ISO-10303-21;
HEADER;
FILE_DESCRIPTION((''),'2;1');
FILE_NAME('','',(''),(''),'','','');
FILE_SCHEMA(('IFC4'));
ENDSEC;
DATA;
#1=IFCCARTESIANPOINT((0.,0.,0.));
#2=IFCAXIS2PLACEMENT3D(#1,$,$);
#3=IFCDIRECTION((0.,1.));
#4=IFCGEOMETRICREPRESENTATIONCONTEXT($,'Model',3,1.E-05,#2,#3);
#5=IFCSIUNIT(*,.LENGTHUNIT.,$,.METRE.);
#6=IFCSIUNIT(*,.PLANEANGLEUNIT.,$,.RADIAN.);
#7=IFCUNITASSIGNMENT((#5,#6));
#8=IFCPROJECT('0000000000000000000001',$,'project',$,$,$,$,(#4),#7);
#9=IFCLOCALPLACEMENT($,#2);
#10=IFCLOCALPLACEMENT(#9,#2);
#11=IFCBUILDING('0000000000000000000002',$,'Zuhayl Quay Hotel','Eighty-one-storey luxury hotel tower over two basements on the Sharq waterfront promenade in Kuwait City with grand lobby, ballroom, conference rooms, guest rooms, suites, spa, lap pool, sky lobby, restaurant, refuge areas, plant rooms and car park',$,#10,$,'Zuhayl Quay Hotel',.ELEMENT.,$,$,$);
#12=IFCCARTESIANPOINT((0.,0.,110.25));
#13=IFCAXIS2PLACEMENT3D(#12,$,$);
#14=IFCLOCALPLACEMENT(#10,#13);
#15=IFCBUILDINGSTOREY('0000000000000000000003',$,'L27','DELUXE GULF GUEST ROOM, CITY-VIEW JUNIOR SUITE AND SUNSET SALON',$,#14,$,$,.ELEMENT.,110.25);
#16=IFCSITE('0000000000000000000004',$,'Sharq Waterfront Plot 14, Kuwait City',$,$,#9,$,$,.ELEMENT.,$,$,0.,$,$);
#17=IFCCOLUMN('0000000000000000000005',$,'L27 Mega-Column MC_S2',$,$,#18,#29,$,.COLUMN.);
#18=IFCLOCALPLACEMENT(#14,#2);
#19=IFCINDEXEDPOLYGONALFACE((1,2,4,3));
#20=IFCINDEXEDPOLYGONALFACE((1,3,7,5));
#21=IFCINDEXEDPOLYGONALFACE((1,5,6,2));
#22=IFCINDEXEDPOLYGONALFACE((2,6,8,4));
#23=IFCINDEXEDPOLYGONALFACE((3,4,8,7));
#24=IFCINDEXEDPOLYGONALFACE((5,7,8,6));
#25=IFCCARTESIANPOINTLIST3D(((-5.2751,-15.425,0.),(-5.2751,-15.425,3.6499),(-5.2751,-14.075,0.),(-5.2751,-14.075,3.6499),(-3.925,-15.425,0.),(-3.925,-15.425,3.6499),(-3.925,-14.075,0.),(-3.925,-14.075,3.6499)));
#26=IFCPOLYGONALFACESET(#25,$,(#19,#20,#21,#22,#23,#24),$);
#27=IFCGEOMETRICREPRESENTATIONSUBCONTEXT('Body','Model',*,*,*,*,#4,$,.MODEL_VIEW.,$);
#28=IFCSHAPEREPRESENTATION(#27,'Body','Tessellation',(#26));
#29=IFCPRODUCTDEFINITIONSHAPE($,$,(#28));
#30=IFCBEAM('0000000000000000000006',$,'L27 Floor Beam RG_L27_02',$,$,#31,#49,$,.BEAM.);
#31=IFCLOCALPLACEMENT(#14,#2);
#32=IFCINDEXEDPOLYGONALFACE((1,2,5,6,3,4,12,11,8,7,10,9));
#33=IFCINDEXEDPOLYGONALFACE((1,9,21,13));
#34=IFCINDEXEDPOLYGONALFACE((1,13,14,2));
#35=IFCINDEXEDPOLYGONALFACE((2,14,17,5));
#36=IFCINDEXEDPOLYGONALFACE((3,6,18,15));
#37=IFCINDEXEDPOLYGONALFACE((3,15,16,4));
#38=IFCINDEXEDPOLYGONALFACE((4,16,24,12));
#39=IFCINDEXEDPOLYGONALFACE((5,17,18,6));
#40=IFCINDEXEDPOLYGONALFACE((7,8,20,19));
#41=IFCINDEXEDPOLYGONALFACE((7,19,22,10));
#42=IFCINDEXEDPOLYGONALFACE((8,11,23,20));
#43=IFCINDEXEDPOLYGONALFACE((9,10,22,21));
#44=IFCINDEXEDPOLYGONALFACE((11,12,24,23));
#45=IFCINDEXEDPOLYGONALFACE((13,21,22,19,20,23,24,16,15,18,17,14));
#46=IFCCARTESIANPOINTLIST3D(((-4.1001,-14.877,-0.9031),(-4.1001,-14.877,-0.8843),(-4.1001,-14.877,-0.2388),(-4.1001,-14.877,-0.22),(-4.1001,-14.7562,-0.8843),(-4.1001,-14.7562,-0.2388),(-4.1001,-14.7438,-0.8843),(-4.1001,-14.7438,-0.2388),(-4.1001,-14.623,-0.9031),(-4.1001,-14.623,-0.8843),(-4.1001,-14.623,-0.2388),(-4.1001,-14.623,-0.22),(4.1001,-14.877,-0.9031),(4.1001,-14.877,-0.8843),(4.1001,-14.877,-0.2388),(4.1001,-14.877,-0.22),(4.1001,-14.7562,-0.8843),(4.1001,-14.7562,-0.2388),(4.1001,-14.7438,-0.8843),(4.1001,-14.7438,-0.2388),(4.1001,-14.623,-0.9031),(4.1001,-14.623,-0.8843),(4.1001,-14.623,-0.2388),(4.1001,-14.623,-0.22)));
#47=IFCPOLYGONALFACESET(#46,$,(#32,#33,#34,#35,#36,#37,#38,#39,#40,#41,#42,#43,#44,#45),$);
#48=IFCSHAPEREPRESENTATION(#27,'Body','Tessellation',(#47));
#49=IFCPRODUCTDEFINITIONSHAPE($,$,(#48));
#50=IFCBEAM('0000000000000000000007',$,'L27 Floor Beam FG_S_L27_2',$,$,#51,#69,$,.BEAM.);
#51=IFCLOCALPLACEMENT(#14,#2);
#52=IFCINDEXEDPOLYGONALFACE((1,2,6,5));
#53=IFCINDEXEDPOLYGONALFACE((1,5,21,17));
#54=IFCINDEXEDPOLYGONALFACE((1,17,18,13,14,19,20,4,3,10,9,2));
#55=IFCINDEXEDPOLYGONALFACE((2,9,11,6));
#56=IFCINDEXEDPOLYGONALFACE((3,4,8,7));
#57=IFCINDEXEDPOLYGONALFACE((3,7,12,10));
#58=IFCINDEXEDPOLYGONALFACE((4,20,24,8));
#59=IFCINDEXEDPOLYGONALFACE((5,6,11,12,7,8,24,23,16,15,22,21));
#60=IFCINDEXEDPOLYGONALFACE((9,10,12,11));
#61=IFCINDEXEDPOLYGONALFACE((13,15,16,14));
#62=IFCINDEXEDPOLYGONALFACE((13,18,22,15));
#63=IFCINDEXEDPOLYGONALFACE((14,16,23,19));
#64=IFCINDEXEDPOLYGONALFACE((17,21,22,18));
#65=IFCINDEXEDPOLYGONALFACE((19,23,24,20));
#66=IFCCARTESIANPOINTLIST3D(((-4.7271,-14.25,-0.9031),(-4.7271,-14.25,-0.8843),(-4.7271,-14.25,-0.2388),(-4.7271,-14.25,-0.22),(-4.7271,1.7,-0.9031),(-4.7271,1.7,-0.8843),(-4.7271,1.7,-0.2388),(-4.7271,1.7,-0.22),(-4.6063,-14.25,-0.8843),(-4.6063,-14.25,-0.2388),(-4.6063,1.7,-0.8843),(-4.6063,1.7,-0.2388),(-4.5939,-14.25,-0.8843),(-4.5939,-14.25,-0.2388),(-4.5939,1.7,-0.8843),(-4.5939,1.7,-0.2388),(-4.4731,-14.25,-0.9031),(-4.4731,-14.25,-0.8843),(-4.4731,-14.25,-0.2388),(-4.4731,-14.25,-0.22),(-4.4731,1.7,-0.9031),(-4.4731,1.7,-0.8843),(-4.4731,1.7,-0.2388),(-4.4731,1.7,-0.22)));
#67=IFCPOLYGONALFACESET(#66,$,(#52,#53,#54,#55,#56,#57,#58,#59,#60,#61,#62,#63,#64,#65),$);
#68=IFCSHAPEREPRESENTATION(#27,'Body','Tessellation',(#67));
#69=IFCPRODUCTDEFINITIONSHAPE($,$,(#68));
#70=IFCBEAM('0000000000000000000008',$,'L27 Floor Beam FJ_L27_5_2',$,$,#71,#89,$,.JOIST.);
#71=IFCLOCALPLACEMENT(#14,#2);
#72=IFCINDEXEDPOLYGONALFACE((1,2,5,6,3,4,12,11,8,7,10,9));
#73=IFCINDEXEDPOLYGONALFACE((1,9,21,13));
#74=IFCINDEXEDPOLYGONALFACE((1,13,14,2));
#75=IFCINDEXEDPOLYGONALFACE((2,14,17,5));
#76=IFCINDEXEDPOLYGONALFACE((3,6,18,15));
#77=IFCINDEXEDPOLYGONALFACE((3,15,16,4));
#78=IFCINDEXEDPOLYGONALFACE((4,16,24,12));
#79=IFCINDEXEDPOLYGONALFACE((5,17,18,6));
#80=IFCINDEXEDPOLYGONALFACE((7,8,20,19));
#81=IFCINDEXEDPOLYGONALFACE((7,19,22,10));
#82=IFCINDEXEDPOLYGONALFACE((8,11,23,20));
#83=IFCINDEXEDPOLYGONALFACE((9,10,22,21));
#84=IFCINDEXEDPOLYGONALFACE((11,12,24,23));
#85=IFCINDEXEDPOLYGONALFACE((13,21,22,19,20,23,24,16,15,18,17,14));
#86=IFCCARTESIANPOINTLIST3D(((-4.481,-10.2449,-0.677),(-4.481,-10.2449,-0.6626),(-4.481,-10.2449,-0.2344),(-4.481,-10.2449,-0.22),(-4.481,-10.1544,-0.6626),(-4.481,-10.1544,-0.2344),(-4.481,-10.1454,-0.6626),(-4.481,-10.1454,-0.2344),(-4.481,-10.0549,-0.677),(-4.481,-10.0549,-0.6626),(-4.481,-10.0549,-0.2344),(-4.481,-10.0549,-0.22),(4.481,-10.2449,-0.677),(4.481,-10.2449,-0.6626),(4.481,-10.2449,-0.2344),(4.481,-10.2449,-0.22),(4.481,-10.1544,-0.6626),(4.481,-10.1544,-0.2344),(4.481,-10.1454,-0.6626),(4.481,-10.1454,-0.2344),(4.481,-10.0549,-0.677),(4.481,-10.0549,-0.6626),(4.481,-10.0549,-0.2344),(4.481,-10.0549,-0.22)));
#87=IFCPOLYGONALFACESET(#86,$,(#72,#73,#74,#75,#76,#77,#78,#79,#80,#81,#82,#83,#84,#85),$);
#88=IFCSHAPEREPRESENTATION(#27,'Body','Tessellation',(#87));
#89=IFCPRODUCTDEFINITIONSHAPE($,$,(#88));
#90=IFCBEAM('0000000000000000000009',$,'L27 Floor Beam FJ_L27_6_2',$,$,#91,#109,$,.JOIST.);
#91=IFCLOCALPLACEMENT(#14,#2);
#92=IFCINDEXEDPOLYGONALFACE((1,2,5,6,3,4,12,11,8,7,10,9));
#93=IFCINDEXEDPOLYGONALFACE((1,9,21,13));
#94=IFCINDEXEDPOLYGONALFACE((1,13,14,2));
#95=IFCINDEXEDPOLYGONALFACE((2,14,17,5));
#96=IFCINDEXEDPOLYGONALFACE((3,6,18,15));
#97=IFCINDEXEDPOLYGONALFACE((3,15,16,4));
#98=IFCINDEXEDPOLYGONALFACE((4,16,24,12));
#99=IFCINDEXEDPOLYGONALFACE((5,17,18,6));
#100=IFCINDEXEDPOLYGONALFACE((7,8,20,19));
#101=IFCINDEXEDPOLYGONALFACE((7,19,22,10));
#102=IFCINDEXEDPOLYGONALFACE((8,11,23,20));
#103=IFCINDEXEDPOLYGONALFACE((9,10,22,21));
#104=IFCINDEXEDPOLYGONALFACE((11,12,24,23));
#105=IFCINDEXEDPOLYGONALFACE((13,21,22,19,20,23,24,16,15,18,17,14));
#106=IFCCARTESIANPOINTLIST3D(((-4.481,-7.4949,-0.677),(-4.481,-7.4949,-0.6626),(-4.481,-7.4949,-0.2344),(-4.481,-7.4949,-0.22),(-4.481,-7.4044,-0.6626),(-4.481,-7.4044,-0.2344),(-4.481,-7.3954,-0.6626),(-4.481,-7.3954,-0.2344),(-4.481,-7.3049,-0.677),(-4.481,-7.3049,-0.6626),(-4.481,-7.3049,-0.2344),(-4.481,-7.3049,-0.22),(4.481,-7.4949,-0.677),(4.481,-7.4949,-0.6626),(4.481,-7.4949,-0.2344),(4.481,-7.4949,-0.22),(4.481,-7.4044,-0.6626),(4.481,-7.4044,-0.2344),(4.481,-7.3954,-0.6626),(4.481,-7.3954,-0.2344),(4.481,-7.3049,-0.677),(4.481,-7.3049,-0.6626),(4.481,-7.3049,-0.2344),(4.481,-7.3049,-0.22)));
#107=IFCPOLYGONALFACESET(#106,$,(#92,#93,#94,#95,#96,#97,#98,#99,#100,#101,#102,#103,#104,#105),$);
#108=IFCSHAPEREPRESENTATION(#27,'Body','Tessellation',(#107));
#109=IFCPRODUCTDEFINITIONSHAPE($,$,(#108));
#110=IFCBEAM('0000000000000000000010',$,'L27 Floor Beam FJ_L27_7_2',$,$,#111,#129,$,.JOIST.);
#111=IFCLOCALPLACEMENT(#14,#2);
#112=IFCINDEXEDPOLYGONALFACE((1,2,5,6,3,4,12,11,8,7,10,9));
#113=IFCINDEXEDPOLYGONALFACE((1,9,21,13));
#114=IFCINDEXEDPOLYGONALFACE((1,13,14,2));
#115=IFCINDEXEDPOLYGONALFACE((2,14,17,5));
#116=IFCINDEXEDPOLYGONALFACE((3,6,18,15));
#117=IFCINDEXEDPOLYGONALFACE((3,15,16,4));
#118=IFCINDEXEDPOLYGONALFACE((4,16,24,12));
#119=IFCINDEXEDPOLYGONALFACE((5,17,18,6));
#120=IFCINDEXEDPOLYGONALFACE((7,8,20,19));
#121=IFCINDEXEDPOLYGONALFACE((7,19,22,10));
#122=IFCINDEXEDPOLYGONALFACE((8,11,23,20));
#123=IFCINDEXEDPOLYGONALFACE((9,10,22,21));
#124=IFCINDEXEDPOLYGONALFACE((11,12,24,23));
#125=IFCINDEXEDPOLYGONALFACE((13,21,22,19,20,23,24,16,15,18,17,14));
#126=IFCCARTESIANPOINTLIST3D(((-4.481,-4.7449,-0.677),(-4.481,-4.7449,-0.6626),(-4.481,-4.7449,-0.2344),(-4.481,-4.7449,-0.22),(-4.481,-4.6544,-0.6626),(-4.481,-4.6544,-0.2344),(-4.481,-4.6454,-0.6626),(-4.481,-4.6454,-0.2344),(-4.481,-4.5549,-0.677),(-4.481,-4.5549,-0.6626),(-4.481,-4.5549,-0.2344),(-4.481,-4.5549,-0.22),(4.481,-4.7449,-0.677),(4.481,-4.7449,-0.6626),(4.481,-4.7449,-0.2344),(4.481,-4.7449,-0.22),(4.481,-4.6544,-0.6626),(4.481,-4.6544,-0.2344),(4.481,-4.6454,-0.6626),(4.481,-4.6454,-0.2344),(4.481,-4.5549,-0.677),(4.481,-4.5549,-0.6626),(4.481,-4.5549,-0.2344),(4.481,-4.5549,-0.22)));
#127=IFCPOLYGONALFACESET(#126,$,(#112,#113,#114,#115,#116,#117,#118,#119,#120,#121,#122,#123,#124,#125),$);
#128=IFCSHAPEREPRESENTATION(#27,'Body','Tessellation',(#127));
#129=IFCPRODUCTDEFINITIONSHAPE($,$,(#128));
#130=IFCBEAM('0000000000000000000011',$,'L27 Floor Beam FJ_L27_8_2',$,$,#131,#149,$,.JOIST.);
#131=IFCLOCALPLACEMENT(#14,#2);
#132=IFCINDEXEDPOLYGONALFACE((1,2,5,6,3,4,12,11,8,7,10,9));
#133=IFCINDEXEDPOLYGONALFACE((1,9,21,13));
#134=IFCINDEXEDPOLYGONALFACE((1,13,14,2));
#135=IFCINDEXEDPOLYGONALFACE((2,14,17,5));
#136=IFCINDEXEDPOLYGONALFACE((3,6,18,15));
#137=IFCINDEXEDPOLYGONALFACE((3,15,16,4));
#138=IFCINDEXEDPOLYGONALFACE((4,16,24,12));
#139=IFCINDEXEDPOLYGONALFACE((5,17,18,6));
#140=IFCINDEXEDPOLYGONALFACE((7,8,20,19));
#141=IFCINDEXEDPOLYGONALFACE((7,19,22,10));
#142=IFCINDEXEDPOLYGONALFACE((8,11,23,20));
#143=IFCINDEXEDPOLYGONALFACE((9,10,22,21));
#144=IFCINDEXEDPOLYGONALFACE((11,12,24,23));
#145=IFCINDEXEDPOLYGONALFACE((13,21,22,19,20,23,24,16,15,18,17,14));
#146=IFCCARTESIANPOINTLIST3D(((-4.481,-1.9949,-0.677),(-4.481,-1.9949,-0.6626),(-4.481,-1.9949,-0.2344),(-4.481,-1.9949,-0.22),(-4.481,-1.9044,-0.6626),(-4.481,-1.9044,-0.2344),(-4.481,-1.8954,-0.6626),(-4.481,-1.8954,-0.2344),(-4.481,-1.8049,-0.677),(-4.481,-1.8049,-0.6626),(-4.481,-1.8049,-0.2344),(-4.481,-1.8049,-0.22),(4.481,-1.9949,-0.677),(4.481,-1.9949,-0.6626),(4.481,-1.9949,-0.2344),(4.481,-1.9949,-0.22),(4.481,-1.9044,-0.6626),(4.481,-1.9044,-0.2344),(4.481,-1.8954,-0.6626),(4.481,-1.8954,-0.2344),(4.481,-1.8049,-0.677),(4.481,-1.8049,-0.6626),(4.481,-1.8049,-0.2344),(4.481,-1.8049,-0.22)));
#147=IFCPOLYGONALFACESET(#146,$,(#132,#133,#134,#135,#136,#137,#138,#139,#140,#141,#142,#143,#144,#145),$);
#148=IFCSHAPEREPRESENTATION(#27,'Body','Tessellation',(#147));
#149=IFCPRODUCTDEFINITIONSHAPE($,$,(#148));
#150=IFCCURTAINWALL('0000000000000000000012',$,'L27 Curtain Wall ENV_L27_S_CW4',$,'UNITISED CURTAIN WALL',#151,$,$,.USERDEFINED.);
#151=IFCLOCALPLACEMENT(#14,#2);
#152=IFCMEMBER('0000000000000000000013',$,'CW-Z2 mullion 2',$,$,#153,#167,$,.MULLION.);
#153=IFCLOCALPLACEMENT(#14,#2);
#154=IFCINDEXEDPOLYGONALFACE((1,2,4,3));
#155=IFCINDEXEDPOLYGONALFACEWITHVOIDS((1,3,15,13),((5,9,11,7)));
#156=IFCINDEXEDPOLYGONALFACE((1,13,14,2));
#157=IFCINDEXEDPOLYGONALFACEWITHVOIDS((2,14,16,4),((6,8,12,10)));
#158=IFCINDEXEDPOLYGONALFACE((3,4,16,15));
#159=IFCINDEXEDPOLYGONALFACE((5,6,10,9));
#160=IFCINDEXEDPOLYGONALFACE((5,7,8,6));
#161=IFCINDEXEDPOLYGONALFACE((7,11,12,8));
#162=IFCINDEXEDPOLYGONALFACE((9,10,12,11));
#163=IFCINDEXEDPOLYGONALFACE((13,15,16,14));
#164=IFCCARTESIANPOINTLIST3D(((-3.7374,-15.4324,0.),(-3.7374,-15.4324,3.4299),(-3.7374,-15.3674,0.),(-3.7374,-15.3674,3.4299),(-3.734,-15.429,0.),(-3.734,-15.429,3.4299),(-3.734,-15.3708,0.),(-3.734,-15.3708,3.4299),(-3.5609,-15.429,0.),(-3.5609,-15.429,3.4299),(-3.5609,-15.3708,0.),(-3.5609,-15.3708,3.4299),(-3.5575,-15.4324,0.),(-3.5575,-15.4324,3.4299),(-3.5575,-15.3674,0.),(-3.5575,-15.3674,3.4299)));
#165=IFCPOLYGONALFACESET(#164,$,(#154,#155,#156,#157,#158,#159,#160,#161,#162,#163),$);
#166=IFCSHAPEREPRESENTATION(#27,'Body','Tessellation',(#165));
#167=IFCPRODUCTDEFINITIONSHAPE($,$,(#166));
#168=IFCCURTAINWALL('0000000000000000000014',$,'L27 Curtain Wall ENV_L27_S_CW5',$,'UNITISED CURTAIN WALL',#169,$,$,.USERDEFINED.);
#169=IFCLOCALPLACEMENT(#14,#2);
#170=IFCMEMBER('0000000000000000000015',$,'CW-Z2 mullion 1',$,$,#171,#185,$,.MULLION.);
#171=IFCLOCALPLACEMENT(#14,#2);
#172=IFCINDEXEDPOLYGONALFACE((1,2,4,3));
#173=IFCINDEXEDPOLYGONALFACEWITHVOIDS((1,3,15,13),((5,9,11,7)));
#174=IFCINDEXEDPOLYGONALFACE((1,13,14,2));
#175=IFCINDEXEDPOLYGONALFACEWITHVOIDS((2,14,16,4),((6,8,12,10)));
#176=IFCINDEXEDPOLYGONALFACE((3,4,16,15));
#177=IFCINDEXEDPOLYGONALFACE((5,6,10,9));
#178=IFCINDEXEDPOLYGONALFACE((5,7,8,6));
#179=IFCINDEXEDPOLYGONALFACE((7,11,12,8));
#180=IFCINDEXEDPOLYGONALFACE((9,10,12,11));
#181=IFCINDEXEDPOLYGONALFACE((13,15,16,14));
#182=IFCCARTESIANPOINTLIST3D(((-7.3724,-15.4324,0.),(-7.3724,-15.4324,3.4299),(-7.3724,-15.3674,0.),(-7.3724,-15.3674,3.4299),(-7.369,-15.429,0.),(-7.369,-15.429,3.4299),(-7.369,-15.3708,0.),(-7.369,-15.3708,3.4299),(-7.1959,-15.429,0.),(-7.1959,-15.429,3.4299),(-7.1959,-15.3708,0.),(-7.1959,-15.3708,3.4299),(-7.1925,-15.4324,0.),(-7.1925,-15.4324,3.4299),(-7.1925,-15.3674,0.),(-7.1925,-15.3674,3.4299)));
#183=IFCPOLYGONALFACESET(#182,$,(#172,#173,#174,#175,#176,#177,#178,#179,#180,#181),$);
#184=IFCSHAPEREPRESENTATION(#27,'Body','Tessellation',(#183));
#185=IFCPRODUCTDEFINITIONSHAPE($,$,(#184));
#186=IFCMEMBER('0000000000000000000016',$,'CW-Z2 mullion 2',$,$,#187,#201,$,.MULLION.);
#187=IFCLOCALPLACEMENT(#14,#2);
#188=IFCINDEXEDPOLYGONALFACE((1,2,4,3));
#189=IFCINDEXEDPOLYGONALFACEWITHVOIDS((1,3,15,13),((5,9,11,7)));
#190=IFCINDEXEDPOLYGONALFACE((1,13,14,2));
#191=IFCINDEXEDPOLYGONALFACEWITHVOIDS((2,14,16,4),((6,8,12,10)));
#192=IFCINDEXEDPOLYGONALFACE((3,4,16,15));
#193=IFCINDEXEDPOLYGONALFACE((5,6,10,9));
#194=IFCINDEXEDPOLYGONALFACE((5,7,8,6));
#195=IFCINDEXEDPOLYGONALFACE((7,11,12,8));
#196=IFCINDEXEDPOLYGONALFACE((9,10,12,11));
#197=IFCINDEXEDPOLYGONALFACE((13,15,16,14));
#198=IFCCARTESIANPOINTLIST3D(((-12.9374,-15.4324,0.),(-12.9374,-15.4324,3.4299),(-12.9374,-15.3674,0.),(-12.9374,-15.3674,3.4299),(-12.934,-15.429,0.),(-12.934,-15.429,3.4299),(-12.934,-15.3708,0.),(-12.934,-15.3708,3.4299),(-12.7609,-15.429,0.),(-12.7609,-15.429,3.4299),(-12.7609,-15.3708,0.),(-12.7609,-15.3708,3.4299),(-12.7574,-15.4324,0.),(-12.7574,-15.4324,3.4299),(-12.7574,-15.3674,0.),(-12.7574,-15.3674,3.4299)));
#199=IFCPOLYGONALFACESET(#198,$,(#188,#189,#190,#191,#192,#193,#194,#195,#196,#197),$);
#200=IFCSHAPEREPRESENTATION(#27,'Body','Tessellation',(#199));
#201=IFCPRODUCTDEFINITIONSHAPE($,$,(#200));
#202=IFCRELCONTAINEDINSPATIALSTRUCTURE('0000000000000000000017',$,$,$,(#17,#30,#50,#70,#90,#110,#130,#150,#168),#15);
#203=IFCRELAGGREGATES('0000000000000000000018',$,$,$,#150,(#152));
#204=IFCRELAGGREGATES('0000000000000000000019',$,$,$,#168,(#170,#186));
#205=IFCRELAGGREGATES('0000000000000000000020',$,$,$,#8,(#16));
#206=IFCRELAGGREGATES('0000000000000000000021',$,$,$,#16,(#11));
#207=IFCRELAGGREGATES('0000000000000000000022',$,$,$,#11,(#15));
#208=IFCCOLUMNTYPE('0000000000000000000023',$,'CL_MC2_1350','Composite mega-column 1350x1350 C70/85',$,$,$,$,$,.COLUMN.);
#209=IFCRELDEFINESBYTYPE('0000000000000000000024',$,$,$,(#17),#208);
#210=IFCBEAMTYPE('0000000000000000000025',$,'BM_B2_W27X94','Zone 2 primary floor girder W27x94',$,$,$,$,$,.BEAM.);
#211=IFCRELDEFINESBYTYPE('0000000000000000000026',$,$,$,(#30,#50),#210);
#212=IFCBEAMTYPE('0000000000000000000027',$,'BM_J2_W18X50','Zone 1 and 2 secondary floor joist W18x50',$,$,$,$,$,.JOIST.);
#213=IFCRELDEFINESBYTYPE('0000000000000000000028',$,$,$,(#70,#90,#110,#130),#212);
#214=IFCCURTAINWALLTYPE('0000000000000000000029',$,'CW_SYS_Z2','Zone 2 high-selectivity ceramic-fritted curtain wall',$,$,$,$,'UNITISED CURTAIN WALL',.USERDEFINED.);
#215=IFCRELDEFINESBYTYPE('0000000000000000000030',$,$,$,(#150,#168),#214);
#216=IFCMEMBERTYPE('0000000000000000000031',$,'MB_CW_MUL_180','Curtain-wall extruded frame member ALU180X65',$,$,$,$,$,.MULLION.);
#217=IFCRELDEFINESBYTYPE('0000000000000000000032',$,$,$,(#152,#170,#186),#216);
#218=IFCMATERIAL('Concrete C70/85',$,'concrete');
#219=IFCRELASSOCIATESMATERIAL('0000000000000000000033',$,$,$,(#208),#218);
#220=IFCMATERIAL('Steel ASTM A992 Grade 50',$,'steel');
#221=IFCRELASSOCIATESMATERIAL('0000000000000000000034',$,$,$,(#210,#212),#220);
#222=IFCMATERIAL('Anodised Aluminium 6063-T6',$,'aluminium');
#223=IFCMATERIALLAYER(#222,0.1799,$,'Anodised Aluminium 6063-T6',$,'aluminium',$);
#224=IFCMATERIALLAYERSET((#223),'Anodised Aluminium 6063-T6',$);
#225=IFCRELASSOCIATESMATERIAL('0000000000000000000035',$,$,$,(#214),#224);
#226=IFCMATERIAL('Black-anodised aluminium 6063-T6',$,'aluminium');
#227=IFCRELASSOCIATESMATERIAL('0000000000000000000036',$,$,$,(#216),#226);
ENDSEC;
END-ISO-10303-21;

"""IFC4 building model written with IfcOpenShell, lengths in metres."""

from ifc_helpers import new_model, si_unit, direction, frame, origin, origin_2d, place, context, subcontext, project, spatial, rectangle, hollow_rectangle, i_section, extrude, material, layer, layer_set, material_profile, profile_set, type_object, element, aggregate, save


model = new_model("IFC4")

# Units and contexts
model_context = context("Model", 3, precision=1e-05, world=origin(), true_north=direction((0.0, 1.0)))
body_context = subcontext(model_context, "Body", "Model", "MODEL_VIEW")
ifc_project = project(units=[si_unit("LENGTHUNIT", "METRE"), si_unit("PLANEANGLEUNIT", "RADIAN")], contexts=[model_context])

# Site, building, storey
site_placement = place(None, origin())
site = spatial("IfcSite", under=ifc_project, at=site_placement, Name="Sharq Waterfront Plot 14, Kuwait City", CompositionType="ELEMENT", RefElevation=0.0)
building_placement = place(site_placement, origin())
building = spatial("IfcBuilding", under=site, at=building_placement, Name="Zuhayl Quay Hotel", Description="Eighty-one-storey luxury hotel tower over two basements on the Sharq waterfront promenade in Kuwait City with grand lobby, ballroom, conference rooms, guest rooms, suites, spa, lap pool, sky lobby, restaurant, refuge areas, plant rooms and car park", LongName="Zuhayl Quay Hotel", CompositionType="ELEMENT")
storey_placement = place(building_placement, frame((0.0, 0.0, 110.25)))
storey = spatial("IfcBuildingStorey", under=building, at=storey_placement, Name="L27", Description="DELUXE GULF GUEST ROOM, CITY-VIEW JUNIOR SUITE AND SUNSET SALON", CompositionType="ELEMENT", Elevation=110.25)

# Column
ifc_material_1 = material(Name="Concrete C70/85", Category="concrete")
ifc_material_profile_1 = material_profile(ifc_material_1, rectangle(XDim=1.3501, YDim=1.3501, at=origin_2d()), Name="RC1350X1350")
ifc_profile_set_1 = profile_set([ifc_material_profile_1], Name="Concrete C70/85")
column_type = type_object("IfcColumnType", Name="CL_MC2_1350", Description="Composite mega-column 1350x1350 C70/85", PredefinedType="COLUMN", material=ifc_profile_set_1)
column_placement = place(storey_placement, frame((-4.6001, -14.75, 0.0), z_axis=(0.0, 0.0, 1.0), x_axis=(1.0, 0.0, 0.0)))
element("IfcColumn", 1, at=column_placement, inside=storey, type_object=column_type, Name="L27 Mega-Column MC_S2", PredefinedType="COLUMN", context=body_context, shape_type="SweptSolid", body=[
    extrude(rectangle(XDim=1.3501, YDim=1.3501, at=origin_2d()), origin(), (0.0, 0.0, 1.0), 3.6499),
])

# Beams
ifc_material_2 = material(Name="Steel ASTM A992 Grade 50", Category="steel")
ifc_material_profile_2 = material_profile(ifc_material_2, i_section(OverallWidth=0.2539, OverallDepth=0.6831, WebThickness=0.0125, FlangeThickness=0.0188, at=origin_2d()), Name="W27X94")
ifc_profile_set_2 = profile_set([ifc_material_profile_2], Name="Steel ASTM A992 Grade 50")
beam_type_1 = type_object("IfcBeamType", Name="BM_B2_W27X94", Description="Zone 2 primary floor girder W27x94", PredefinedType="BEAM", material=ifc_profile_set_2)
beam_1_placement = place(storey_placement, frame((-4.1001, -14.75, -0.5615), z_axis=(1.0, 0.0, 0.0), x_axis=(0.0, 1.0, 0.0)))
element("IfcBeam", 2, at=beam_1_placement, inside=storey, type_object=beam_type_1, Name="L27 Floor Beam RG_L27_02", PredefinedType="BEAM", context=body_context, shape_type="SweptSolid", body=[
    extrude(i_section(OverallWidth=0.2539, OverallDepth=0.6831, WebThickness=0.0125, FlangeThickness=0.0188, at=origin_2d()), origin(), (0.0, 0.0, 1.0), 8.2002),
])
beam_2_placement = place(storey_placement, frame((-4.6001, -14.25, -0.5615), z_axis=(0.0, 1.0, 0.0), x_axis=(-1.0, 0.0, 0.0)))
element("IfcBeam", 3, at=beam_2_placement, inside=storey, type_object=beam_type_1, Name="L27 Floor Beam FG_S_L27_2", PredefinedType="BEAM", context=body_context, shape_type="SweptSolid", body=[
    extrude(i_section(OverallWidth=0.2539, OverallDepth=0.6831, WebThickness=0.0125, FlangeThickness=0.0188, at=origin_2d()), origin(), (0.0, 0.0, 1.0), 15.95),
])
ifc_material_profile_3 = material_profile(ifc_material_2, i_section(OverallWidth=0.1899, OverallDepth=0.457, WebThickness=0.009, FlangeThickness=0.0144, at=origin_2d()), Name="W18X50")
ifc_profile_set_3 = profile_set([ifc_material_profile_3], Name="Steel ASTM A992 Grade 50")
beam_type_2 = type_object("IfcBeamType", Name="BM_J2_W18X50", Description="Zone 1 and 2 secondary floor joist W18x50", PredefinedType="JOIST", material=ifc_profile_set_3)
for number, where, z_axis, x_axis, name in (
    (4, (-4.481, -10.1499, -0.4485), (1.0, 0.0, 0.0), (0.0, 1.0, 0.0), "L27 Floor Beam FJ_L27_5_2"),
    (5, (-4.481, -7.3999, -0.4485), (1.0, 0.0, 0.0), (0.0, 1.0, 0.0), "L27 Floor Beam FJ_L27_6_2"),
    (6, (-4.481, -4.6499, -0.4485), (1.0, 0.0, 0.0), (0.0, 1.0, 0.0), "L27 Floor Beam FJ_L27_7_2"),
    (7, (-4.481, -1.8999, -0.4485), (1.0, 0.0, 0.0), (0.0, 1.0, 0.0), "L27 Floor Beam FJ_L27_8_2"),
):
    element("IfcBeam", number, at=place(storey_placement, frame(where, z_axis=z_axis, x_axis=x_axis)), inside=storey, type_object=beam_type_2, Name=name, PredefinedType="JOIST", context=body_context, shape_type="SweptSolid", body=[
        extrude(i_section(OverallWidth=0.1899, OverallDepth=0.457, WebThickness=0.009, FlangeThickness=0.0144, at=origin_2d()), origin(), (0.0, 0.0, 1.0), 8.9619),
    ])

# Curtain wall, member
ifc_material_3 = material(Name="Anodised Aluminium 6063-T6", Category="aluminium")
ifc_layer_1 = layer(ifc_material_3, 0.1799, Name="Anodised Aluminium 6063-T6", Category="aluminium")
ifc_layer_set_1 = layer_set([ifc_layer_1], Name="Anodised Aluminium 6063-T6")
curtain_wall_type = type_object("IfcCurtainWallType", Name="CW_SYS_Z2", Description="Zone 2 high-selectivity ceramic-fritted curtain wall", ElementType="UNITISED CURTAIN WALL", PredefinedType="USERDEFINED", material=ifc_layer_set_1)
curtain_wall_1_placement = place(storey_placement, origin())
curtain_wall_1 = element("IfcCurtainWall", 8, at=curtain_wall_1_placement, inside=storey, type_object=curtain_wall_type, Name="L27 Curtain Wall ENV_L27_S_CW4", ObjectType="UNITISED CURTAIN WALL", PredefinedType="USERDEFINED")
ifc_material_4 = material(Name="Black-anodised aluminium 6063-T6", Category="aluminium")
ifc_material_profile_4 = material_profile(ifc_material_4, hollow_rectangle(XDim=0.0649, YDim=0.1799, WallThickness=0.0034, at=origin_2d()), Name="ALU180X65")
ifc_profile_set_4 = profile_set([ifc_material_profile_4], Name="Black-anodised aluminium 6063-T6")
member_type_1 = type_object("IfcMemberType", Name="MB_CW_MUL_180", Description="Curtain-wall extruded frame member ALU180X65", PredefinedType="MULLION", material=ifc_profile_set_4)
member_1_placement = place(storey_placement, frame((-3.6475, -15.3999, 0.0), z_axis=(0.0, 0.0, 1.0), x_axis=(0.0, -1.0, 0.0)))
member_1 = element("IfcMember", 9, at=member_1_placement, type_object=member_type_1, Name="CW-Z2 mullion 2", PredefinedType="MULLION", context=body_context, shape_type="SweptSolid", body=[
    extrude(hollow_rectangle(XDim=0.0649, YDim=0.1799, WallThickness=0.0034, at=origin_2d()), origin(), (0.0, 0.0, 1.0), 3.4299),
])

# Curtain wall, members
curtain_wall_2_placement = place(storey_placement, origin())
curtain_wall_2 = element("IfcCurtainWall", 10, at=curtain_wall_2_placement, inside=storey, type_object=curtain_wall_type, Name="L27 Curtain Wall ENV_L27_S_CW5", ObjectType="UNITISED CURTAIN WALL", PredefinedType="USERDEFINED")
member_2_placement = place(storey_placement, frame((-7.2825, -15.3999, 0.0), z_axis=(0.0, 0.0, 1.0), x_axis=(0.0, -1.0, 0.0)))
member_2 = element("IfcMember", 11, at=member_2_placement, type_object=member_type_1, Name="CW-Z2 mullion 1", PredefinedType="MULLION", context=body_context, shape_type="SweptSolid", body=[
    extrude(hollow_rectangle(XDim=0.0649, YDim=0.1799, WallThickness=0.0034, at=origin_2d()), origin(), (0.0, 0.0, 1.0), 3.4299),
])
member_3_placement = place(storey_placement, frame((-12.8474, -15.3999, 0.0), z_axis=(0.0, 0.0, 1.0), x_axis=(0.0, -1.0, 0.0)))
member_3 = element("IfcMember", 12, at=member_3_placement, type_object=member_type_1, Name="CW-Z2 mullion 2", PredefinedType="MULLION", context=body_context, shape_type="SweptSolid", body=[
    extrude(hollow_rectangle(XDim=0.0649, YDim=0.1799, WallThickness=0.0034, at=origin_2d()), origin(), (0.0, 0.0, 1.0), 3.4299),
])

aggregate(curtain_wall_1, [member_1])
aggregate(curtain_wall_2, [member_2, member_3])

save(model, "model.ifc")
